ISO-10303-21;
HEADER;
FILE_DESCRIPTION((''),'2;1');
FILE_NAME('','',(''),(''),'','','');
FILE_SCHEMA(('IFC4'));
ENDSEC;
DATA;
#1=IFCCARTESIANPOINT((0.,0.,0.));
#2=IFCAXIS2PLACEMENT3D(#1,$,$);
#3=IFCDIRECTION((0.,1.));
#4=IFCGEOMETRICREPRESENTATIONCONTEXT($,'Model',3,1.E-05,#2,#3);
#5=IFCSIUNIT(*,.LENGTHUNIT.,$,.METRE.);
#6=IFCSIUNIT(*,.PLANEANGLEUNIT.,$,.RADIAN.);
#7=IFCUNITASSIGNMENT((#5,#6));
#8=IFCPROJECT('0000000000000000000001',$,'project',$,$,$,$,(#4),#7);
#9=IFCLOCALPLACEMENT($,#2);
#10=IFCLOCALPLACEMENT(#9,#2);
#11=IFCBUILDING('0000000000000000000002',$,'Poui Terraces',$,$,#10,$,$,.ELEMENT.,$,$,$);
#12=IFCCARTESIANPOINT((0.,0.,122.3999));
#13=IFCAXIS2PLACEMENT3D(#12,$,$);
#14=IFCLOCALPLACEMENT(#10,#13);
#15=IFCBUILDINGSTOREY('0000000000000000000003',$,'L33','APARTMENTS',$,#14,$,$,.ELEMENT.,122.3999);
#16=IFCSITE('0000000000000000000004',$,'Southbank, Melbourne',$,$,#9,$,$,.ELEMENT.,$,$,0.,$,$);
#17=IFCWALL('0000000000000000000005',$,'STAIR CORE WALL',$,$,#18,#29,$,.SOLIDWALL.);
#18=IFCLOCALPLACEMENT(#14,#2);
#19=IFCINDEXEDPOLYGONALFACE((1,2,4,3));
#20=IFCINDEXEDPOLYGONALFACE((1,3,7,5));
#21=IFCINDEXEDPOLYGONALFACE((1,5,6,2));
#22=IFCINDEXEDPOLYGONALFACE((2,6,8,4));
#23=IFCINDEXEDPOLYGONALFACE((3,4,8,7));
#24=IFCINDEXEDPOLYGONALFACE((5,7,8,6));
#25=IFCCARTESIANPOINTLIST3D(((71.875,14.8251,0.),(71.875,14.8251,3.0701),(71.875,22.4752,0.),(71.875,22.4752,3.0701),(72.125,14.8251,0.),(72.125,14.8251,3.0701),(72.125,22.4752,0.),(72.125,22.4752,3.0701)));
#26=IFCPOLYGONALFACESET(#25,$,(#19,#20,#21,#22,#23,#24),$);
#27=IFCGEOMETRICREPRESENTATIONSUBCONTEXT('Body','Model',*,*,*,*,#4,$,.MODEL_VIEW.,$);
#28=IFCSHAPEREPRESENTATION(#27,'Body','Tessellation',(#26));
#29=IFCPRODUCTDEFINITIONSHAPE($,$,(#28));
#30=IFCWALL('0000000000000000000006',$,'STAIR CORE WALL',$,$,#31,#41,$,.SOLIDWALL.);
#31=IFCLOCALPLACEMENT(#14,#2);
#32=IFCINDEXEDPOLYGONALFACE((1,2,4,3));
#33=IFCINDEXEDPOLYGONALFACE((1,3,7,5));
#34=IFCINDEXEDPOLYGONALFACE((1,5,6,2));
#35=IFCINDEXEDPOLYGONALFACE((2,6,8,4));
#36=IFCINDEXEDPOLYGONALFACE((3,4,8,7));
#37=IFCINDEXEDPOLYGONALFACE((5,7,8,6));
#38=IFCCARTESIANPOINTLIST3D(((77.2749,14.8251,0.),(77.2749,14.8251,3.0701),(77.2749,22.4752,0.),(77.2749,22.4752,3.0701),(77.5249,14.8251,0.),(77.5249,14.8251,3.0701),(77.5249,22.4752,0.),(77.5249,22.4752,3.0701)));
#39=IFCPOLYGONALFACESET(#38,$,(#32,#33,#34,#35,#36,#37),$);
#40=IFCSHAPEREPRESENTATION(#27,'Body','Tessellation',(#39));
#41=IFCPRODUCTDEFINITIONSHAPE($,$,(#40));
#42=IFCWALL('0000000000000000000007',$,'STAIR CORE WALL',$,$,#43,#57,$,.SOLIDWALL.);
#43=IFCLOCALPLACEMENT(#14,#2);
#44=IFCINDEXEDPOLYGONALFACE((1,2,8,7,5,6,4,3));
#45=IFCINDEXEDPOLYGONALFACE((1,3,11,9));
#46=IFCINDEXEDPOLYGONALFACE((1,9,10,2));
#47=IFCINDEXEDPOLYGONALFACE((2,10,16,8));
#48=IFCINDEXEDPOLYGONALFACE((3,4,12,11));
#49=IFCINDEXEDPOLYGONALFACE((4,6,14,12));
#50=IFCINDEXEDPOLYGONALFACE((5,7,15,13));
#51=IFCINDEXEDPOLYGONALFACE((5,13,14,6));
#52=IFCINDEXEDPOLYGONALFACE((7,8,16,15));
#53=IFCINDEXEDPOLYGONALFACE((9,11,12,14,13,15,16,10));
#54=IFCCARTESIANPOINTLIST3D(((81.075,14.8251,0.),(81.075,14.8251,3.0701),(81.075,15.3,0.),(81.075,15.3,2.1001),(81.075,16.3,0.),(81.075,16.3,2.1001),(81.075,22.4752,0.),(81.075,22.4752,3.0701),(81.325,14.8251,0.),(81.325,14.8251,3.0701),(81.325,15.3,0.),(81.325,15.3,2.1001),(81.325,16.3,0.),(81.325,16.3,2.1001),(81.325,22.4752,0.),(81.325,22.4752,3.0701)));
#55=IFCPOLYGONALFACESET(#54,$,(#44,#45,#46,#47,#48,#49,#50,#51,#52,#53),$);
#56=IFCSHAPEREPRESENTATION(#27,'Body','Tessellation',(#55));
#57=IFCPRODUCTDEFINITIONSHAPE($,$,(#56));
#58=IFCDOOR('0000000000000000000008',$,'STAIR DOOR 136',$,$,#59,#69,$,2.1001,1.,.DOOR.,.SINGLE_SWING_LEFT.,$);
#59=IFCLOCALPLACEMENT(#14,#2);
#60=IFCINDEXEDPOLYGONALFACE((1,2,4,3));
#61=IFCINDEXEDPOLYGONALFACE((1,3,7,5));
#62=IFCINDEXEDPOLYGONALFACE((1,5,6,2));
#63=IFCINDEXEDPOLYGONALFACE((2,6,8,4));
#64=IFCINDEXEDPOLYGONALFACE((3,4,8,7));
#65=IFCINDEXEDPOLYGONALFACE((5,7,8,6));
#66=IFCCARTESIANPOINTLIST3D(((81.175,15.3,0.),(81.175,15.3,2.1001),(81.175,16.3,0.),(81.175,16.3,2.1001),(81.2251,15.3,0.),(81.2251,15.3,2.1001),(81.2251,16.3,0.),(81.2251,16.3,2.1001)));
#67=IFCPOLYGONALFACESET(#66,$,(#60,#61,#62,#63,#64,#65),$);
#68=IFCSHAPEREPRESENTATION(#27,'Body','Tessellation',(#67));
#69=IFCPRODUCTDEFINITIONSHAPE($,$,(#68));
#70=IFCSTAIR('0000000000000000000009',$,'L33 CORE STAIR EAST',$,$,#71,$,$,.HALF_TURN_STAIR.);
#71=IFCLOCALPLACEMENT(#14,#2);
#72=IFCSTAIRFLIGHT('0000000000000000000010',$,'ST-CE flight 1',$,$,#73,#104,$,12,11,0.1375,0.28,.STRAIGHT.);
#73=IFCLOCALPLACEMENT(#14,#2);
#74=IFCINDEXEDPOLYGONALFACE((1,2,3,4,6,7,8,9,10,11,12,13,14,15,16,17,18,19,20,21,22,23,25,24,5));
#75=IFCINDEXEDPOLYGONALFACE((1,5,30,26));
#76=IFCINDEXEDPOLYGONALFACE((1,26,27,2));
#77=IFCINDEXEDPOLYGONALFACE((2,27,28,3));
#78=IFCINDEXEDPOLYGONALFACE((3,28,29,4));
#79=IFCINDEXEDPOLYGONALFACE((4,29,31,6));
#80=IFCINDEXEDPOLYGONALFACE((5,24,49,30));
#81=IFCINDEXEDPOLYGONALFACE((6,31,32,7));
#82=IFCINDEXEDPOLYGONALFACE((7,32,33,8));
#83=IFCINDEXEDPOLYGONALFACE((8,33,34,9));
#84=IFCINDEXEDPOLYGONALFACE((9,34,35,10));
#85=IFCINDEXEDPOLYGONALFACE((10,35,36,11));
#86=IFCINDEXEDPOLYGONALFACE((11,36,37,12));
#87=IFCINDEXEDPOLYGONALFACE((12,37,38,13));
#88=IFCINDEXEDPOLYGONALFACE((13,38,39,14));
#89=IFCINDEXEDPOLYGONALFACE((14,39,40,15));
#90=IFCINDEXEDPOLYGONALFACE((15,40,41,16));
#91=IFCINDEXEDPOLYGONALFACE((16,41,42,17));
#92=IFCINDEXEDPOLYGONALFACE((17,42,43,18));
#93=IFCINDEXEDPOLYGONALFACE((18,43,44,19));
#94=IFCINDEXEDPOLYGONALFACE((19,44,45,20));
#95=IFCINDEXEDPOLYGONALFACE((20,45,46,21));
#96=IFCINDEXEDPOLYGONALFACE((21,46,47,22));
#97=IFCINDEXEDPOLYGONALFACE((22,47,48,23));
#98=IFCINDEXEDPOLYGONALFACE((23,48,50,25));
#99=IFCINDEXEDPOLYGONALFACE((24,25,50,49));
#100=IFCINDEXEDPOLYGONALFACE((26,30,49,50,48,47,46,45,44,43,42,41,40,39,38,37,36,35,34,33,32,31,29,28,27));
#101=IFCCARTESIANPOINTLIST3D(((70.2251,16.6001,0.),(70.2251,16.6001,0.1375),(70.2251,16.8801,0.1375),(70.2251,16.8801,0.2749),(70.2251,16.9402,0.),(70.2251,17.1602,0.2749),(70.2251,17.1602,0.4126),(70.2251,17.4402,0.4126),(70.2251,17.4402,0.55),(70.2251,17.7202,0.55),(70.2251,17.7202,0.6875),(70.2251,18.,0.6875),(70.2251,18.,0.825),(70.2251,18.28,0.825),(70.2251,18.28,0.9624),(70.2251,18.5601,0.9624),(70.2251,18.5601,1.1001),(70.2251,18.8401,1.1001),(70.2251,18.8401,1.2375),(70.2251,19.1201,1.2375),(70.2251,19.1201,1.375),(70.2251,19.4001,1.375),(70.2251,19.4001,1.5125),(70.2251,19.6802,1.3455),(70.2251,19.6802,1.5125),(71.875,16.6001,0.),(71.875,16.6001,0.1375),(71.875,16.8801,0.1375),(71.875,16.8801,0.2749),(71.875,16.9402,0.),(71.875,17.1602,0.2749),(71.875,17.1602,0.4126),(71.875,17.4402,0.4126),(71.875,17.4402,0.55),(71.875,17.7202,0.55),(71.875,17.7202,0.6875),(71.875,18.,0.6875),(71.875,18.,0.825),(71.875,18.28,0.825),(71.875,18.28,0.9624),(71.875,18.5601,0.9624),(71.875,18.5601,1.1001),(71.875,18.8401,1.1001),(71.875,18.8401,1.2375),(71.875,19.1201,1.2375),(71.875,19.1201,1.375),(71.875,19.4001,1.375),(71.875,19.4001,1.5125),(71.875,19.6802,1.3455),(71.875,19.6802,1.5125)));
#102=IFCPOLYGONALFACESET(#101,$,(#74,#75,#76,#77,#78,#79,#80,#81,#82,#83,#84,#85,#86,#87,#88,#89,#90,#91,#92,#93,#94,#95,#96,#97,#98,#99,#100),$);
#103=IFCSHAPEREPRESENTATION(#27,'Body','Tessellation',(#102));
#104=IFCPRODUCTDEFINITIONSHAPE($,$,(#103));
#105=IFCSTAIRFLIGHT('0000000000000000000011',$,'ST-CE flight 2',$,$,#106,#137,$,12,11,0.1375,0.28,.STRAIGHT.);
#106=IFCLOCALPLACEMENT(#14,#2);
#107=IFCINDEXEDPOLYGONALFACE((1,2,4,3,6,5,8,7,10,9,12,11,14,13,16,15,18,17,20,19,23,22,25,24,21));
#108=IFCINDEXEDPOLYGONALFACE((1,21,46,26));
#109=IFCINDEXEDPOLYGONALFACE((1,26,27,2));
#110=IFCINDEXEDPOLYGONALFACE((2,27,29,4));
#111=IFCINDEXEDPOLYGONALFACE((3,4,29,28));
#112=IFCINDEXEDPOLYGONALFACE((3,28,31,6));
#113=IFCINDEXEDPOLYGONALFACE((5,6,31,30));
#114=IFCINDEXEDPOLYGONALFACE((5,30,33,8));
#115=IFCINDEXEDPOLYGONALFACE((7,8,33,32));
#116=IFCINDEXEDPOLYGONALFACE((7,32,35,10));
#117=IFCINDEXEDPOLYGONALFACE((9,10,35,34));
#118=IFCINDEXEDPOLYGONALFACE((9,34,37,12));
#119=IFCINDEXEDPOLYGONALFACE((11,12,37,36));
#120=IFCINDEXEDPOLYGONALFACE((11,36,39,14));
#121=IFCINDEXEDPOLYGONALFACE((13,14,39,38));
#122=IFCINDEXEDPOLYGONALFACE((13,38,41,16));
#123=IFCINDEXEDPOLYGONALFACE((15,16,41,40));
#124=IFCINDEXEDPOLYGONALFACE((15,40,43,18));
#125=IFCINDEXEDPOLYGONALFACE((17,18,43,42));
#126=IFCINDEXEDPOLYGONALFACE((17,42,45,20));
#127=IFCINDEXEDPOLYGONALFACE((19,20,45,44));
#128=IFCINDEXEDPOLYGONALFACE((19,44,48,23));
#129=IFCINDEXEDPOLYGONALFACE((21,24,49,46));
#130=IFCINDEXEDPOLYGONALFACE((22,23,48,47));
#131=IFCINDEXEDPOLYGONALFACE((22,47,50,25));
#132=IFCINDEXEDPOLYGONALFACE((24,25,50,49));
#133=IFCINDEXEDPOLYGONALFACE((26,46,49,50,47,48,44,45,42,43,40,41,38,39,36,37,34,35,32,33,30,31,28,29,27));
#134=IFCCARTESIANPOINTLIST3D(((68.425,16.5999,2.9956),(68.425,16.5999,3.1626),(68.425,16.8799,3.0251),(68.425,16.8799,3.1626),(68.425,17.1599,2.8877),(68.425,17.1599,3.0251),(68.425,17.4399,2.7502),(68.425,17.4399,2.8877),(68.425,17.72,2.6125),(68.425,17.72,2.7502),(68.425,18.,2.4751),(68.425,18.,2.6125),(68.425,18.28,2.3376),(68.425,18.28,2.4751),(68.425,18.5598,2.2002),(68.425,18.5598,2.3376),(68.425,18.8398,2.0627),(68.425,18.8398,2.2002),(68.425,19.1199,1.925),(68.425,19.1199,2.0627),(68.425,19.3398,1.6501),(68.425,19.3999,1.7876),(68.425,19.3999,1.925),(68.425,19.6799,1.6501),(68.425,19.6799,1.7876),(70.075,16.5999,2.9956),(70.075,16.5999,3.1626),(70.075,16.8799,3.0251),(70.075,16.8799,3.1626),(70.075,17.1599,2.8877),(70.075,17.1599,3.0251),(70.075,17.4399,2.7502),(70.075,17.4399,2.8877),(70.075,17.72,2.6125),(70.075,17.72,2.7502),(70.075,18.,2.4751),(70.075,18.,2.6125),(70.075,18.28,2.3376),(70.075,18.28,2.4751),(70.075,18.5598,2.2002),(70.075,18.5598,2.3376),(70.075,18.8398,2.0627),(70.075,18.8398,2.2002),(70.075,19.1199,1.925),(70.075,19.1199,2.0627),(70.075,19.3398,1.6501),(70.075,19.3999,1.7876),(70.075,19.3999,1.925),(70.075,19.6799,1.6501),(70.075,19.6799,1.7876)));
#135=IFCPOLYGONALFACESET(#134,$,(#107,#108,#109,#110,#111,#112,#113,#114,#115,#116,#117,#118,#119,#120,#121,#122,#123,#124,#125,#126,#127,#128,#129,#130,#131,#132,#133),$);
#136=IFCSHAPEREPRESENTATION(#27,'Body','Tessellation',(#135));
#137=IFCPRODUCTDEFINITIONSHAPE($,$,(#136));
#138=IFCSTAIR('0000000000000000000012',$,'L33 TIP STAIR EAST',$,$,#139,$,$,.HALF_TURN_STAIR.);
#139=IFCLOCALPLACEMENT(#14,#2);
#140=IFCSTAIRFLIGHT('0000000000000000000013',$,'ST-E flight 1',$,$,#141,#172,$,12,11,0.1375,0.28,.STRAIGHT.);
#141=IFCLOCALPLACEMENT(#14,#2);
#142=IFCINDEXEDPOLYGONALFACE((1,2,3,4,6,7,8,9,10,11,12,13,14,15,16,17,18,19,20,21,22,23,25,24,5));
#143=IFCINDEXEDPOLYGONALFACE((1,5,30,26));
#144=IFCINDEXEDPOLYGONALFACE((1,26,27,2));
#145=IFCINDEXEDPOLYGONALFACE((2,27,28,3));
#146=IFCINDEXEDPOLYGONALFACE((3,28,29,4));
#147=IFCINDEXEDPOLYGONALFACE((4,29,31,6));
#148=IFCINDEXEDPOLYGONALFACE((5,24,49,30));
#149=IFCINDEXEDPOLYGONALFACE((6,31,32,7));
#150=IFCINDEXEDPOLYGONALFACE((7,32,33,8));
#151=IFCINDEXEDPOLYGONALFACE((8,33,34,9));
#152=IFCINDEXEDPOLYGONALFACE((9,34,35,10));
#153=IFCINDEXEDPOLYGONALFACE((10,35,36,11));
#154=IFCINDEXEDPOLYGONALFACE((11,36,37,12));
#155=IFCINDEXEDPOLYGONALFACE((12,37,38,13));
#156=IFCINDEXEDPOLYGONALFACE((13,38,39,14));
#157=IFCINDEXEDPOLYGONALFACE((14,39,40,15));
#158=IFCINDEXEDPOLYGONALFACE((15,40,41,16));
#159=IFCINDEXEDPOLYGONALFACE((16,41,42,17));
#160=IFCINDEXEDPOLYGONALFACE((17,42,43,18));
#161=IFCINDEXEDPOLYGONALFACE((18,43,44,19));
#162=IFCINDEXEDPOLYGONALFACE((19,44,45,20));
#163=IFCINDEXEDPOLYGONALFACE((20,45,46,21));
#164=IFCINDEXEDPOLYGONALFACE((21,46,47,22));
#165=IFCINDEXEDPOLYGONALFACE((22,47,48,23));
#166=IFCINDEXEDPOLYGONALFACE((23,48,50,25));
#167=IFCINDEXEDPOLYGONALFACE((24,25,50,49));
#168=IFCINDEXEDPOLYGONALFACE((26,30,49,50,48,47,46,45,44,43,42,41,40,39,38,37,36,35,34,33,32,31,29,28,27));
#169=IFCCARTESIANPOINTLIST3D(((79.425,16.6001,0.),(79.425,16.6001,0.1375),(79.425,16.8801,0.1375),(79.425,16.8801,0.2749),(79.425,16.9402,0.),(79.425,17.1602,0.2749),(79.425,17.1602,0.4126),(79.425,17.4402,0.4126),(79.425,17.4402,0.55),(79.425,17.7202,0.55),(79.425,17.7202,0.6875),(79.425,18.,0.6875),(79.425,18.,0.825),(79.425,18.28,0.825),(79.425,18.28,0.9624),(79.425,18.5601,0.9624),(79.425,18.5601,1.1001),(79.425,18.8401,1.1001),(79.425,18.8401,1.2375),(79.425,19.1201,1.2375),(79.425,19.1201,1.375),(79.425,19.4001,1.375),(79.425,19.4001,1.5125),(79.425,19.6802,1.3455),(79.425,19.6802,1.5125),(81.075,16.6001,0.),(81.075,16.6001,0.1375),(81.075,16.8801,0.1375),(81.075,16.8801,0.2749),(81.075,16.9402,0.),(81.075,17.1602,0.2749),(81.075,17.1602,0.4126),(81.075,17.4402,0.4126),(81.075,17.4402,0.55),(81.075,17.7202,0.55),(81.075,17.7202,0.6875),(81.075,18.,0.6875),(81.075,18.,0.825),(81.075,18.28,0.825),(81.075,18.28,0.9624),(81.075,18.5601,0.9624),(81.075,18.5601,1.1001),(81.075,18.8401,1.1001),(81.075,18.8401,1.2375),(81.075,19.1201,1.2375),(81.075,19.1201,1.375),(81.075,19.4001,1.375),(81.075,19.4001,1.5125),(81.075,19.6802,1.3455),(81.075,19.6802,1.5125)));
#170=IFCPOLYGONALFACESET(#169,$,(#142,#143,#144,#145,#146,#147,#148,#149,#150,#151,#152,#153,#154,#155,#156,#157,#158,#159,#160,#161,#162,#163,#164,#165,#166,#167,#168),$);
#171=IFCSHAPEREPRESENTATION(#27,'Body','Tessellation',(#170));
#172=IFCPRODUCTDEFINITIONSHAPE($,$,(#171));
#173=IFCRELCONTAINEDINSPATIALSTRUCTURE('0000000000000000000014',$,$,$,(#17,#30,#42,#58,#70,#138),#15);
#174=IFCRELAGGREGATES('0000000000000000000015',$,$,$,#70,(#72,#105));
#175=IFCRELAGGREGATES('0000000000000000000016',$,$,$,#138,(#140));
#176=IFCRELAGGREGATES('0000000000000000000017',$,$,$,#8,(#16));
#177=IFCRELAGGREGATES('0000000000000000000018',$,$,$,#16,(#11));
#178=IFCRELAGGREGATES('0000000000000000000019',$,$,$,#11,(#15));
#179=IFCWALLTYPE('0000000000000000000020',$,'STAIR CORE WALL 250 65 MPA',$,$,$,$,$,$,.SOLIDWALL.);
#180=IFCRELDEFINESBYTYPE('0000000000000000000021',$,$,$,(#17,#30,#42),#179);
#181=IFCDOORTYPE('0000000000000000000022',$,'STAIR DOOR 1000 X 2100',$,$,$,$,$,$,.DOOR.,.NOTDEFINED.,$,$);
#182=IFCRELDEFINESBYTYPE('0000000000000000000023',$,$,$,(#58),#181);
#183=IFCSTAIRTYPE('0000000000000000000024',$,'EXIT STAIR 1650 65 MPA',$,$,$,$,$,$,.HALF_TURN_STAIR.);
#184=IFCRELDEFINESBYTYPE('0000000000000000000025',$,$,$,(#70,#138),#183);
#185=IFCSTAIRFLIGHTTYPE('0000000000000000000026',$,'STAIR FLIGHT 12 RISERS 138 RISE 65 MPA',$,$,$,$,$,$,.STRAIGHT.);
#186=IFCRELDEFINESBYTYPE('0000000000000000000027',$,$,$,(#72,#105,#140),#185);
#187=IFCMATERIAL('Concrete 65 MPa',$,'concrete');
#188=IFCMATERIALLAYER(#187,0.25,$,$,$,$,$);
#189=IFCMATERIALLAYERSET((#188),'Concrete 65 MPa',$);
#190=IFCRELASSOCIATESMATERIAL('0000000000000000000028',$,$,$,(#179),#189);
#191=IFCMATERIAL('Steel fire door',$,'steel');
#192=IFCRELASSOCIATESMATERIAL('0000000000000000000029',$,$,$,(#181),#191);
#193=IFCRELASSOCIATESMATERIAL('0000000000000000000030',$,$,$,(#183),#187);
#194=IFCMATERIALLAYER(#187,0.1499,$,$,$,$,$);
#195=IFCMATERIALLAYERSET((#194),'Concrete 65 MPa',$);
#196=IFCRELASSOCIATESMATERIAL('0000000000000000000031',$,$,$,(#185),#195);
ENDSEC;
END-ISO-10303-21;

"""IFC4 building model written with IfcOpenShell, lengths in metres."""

from ifc_helpers import new_model, si_unit, direction, frame, frame_2d, origin, place, context, subcontext, project, spatial, polyline, rectangle, outline, extrude, material, layer, layer_set, type_object, element, fill, aggregate, save


model = new_model("IFC4")

# Units and contexts
model_context = context("Model", 3, precision=1e-05, world=origin(), true_north=direction((0.0, 1.0)))
body_context = subcontext(model_context, "Body", "Model", "MODEL_VIEW")
ifc_project = project(units=[si_unit("LENGTHUNIT", "METRE"), si_unit("PLANEANGLEUNIT", "RADIAN")], contexts=[model_context])

# Site, building, storey
site_placement = place(None, origin())
site = spatial("IfcSite", under=ifc_project, at=site_placement, Name="Southbank, Melbourne", CompositionType="ELEMENT", RefElevation=0.0)
building_placement = place(site_placement, origin())
building = spatial("IfcBuilding", under=site, at=building_placement, Name="Poui Terraces", CompositionType="ELEMENT")
storey_placement = place(building_placement, frame((0.0, 0.0, 122.3999)))
storey = spatial("IfcBuildingStorey", under=building, at=storey_placement, Name="L33", Description="APARTMENTS", CompositionType="ELEMENT", Elevation=122.3999)

# Shared definitions
ifc_material_1 = material(Name="Concrete 65 MPa", Category="concrete")

# Shared definitions
ifc_material_2 = material(Name="Steel fire door", Category="steel")

# Walls
ifc_layer_1 = layer(ifc_material_1, 0.25)
ifc_layer_set_1 = layer_set([ifc_layer_1], Name="Concrete 65 MPa")
wall_type_1 = type_object("IfcWallType", Name="STAIR CORE WALL 250 65 MPA", PredefinedType="SOLIDWALL", material=ifc_layer_set_1)
for number, where, z_axis, x_axis, name in (
    (1, (72.0, 14.825, 0.0), (0.0, 0.0, 1.0), (0.0, 1.0, 0.0), "STAIR CORE WALL"),
    (2, (77.3999, 14.825, 0.0), (0.0, 0.0, 1.0), (0.0, 1.0, 0.0), "STAIR CORE WALL"),
):
    element("IfcWall", number, at=place(storey_placement, frame(where, z_axis=z_axis, x_axis=x_axis)), inside=storey, type_object=wall_type_1, Name=name, PredefinedType="SOLIDWALL", context=body_context, shape_type="SweptSolid", body=[
        extrude(rectangle(XDim=7.6501, YDim=0.25, at=frame_2d((3.8252, 0.0))), origin(), (0.0, 0.0, 1.0), 3.0701),
    ])

# Wall, opening, door
wall_1_placement = place(storey_placement, frame((81.2, 14.825, 0.0), z_axis=(0.0, 0.0, 1.0), x_axis=(0.0, 1.0, 0.0)))
wall_1 = element("IfcWall", 3, at=wall_1_placement, inside=storey, type_object=wall_type_1, Name="STAIR CORE WALL", PredefinedType="SOLIDWALL", context=body_context, shape_type="SweptSolid", body=[
    extrude(rectangle(XDim=7.6501, YDim=0.25, at=frame_2d((3.8252, 0.0))), origin(), (0.0, 0.0, 1.0), 3.0701),
])
opening_1_placement = place(wall_1_placement, frame((0.4751, 0.0, 0.0)))
opening_1 = element("IfcOpeningElement", 4, at=opening_1_placement, cuts=wall_1, PredefinedType="OPENING", context=body_context, shape_type="SweptSolid", body=[
    extrude(rectangle(XDim=1.0, YDim=2.1001, at=frame_2d((0.5, 1.05))), frame((0.0, 0.135, 0.0), z_axis=(0.0, -1.0, 0.0), x_axis=(1.0, 0.0, 0.0)), (0.0, 0.0, 1.0), 0.27),
])
door_type_1 = type_object("IfcDoorType", Name="STAIR DOOR 1000 X 2100", OperationType="NOTDEFINED", PredefinedType="DOOR", material=ifc_material_2)
door_1_placement = place(opening_1_placement, origin())
door_1 = element("IfcDoor", 5, at=door_1_placement, inside=storey, type_object=door_type_1, Name="STAIR DOOR 136", OperationType="SINGLE_SWING_LEFT", OverallHeight=2.1001, OverallWidth=1.0, PredefinedType="DOOR", context=body_context, shape_type="SweptSolid", body=[
    extrude(rectangle(XDim=1.0, YDim=2.1001, at=frame_2d((0.5, 1.05))), frame((0.0, 0.0249, 0.0), z_axis=(0.0, -1.0, 0.0), x_axis=(1.0, 0.0, 0.0)), (0.0, 0.0, 1.0), 0.05),
])
fill(opening_1, door_1)

# Stair, stair flights
stair_type = type_object("IfcStairType", Name="EXIT STAIR 1650 65 MPA", PredefinedType="HALF_TURN_STAIR", material=ifc_material_1)
stair_1_placement = place(storey_placement, origin())
stair_1 = element("IfcStair", 6, at=stair_1_placement, inside=storey, type_object=stair_type, Name="L33 CORE STAIR EAST", PredefinedType="HALF_TURN_STAIR")
ifc_layer_2 = layer(ifc_material_1, 0.1499)
ifc_layer_set_2 = layer_set([ifc_layer_2], Name="Concrete 65 MPa")
stair_flight_type = type_object("IfcStairFlightType", Name="STAIR FLIGHT 12 RISERS 138 RISE 65 MPA", PredefinedType="STRAIGHT", material=ifc_layer_set_2)
stair_flight_1_placement = place(storey_placement, frame((71.05, 16.6001, 0.0), z_axis=(0.0, 0.0, 1.0), x_axis=(0.0, 1.0, 0.0)))
stair_flight_1 = element("IfcStairFlight", 7, at=stair_flight_1_placement, type_object=stair_flight_type, Name="ST-CE flight 1", NumberOfRisers=12, NumberOfTreads=11, PredefinedType="STRAIGHT", RiserHeight=0.1375, TreadLength=0.28, context=body_context, shape_type="SweptSolid", body=[
    extrude(outline(polyline([(0.0, 0.0), (0.0, 0.1375), (0.28, 0.1375), (0.28, 0.2749), (0.5601, 0.2749), (0.5601, 0.4126), (0.8401, 0.4126), (0.8401, 0.55), (1.1201, 0.55), (1.1201, 0.6875), (1.3999, 0.6875), (1.3999, 0.825), (1.6799, 0.825), (1.6799, 0.9624), (1.96, 0.9624), (1.96, 1.1001), (2.24, 1.1001), (2.24, 1.2375), (2.52, 1.2375), (2.52, 1.375), (2.8, 1.375), (2.8, 1.5125), (3.0801, 1.5125), (3.0801, 1.6499), (3.0801, 1.3455), (0.3401, 0.0), (0.0, 0.0)])), frame((0.0, 0.825, 0.0), z_axis=(0.0, -1.0, 0.0), x_axis=(1.0, 0.0, 0.0)), (0.0, 0.0, 1.0), 1.6499),
])
stair_flight_2_placement = place(storey_placement, frame((69.25, 19.6799, 1.6501), z_axis=(0.0, 0.0, 1.0), x_axis=(0.0, -1.0, 0.0)))
stair_flight_2 = element("IfcStairFlight", 8, at=stair_flight_2_placement, type_object=stair_flight_type, Name="ST-CE flight 2", NumberOfRisers=12, NumberOfTreads=11, PredefinedType="STRAIGHT", RiserHeight=0.1375, TreadLength=0.28, context=body_context, shape_type="SweptSolid", body=[
    extrude(outline(polyline([(0.0, 0.0), (0.0, 0.1375), (0.28, 0.1375), (0.28, 0.2749), (0.5601, 0.2749), (0.5601, 0.4126), (0.8401, 0.4126), (0.8401, 0.55), (1.1201, 0.55), (1.1201, 0.6875), (1.3999, 0.6875), (1.3999, 0.825), (1.6799, 0.825), (1.6799, 0.9624), (1.96, 0.9624), (1.96, 1.1001), (2.24, 1.1001), (2.24, 1.2375), (2.52, 1.2375), (2.52, 1.375), (2.8, 1.375), (2.8, 1.5125), (3.0801, 1.5125), (3.0801, 1.6499), (3.0801, 1.3455), (0.3401, 0.0), (0.0, 0.0)])), frame((0.0, 0.825, 0.0), z_axis=(0.0, -1.0, 0.0), x_axis=(1.0, 0.0, 0.0)), (0.0, 0.0, 1.0), 1.6499),
])
aggregate(stair_1, [stair_flight_1, stair_flight_2])

# Stair, stair flight
stair_2_placement = place(storey_placement, origin())
stair_2 = element("IfcStair", 9, at=stair_2_placement, inside=storey, type_object=stair_type, Name="L33 TIP STAIR EAST", PredefinedType="HALF_TURN_STAIR")
stair_flight_3_placement = place(storey_placement, frame((80.25, 16.6001, 0.0), z_axis=(0.0, 0.0, 1.0), x_axis=(0.0, 1.0, 0.0)))
stair_flight_3 = element("IfcStairFlight", 10, at=stair_flight_3_placement, type_object=stair_flight_type, Name="ST-E flight 1", NumberOfRisers=12, NumberOfTreads=11, PredefinedType="STRAIGHT", RiserHeight=0.1375, TreadLength=0.28, context=body_context, shape_type="SweptSolid", body=[
    extrude(outline(polyline([(0.0, 0.0), (0.0, 0.1375), (0.28, 0.1375), (0.28, 0.2749), (0.5601, 0.2749), (0.5601, 0.4126), (0.8401, 0.4126), (0.8401, 0.55), (1.1201, 0.55), (1.1201, 0.6875), (1.3999, 0.6875), (1.3999, 0.825), (1.6799, 0.825), (1.6799, 0.9624), (1.96, 0.9624), (1.96, 1.1001), (2.24, 1.1001), (2.24, 1.2375), (2.52, 1.2375), (2.52, 1.375), (2.8, 1.375), (2.8, 1.5125), (3.0801, 1.5125), (3.0801, 1.6499), (3.0801, 1.3455), (0.3401, 0.0), (0.0, 0.0)])), frame((0.0, 0.825, 0.0), z_axis=(0.0, -1.0, 0.0), x_axis=(1.0, 0.0, 0.0)), (0.0, 0.0, 1.0), 1.6499),
])
aggregate(stair_2, [stair_flight_3])

save(model, "model.ifc")
